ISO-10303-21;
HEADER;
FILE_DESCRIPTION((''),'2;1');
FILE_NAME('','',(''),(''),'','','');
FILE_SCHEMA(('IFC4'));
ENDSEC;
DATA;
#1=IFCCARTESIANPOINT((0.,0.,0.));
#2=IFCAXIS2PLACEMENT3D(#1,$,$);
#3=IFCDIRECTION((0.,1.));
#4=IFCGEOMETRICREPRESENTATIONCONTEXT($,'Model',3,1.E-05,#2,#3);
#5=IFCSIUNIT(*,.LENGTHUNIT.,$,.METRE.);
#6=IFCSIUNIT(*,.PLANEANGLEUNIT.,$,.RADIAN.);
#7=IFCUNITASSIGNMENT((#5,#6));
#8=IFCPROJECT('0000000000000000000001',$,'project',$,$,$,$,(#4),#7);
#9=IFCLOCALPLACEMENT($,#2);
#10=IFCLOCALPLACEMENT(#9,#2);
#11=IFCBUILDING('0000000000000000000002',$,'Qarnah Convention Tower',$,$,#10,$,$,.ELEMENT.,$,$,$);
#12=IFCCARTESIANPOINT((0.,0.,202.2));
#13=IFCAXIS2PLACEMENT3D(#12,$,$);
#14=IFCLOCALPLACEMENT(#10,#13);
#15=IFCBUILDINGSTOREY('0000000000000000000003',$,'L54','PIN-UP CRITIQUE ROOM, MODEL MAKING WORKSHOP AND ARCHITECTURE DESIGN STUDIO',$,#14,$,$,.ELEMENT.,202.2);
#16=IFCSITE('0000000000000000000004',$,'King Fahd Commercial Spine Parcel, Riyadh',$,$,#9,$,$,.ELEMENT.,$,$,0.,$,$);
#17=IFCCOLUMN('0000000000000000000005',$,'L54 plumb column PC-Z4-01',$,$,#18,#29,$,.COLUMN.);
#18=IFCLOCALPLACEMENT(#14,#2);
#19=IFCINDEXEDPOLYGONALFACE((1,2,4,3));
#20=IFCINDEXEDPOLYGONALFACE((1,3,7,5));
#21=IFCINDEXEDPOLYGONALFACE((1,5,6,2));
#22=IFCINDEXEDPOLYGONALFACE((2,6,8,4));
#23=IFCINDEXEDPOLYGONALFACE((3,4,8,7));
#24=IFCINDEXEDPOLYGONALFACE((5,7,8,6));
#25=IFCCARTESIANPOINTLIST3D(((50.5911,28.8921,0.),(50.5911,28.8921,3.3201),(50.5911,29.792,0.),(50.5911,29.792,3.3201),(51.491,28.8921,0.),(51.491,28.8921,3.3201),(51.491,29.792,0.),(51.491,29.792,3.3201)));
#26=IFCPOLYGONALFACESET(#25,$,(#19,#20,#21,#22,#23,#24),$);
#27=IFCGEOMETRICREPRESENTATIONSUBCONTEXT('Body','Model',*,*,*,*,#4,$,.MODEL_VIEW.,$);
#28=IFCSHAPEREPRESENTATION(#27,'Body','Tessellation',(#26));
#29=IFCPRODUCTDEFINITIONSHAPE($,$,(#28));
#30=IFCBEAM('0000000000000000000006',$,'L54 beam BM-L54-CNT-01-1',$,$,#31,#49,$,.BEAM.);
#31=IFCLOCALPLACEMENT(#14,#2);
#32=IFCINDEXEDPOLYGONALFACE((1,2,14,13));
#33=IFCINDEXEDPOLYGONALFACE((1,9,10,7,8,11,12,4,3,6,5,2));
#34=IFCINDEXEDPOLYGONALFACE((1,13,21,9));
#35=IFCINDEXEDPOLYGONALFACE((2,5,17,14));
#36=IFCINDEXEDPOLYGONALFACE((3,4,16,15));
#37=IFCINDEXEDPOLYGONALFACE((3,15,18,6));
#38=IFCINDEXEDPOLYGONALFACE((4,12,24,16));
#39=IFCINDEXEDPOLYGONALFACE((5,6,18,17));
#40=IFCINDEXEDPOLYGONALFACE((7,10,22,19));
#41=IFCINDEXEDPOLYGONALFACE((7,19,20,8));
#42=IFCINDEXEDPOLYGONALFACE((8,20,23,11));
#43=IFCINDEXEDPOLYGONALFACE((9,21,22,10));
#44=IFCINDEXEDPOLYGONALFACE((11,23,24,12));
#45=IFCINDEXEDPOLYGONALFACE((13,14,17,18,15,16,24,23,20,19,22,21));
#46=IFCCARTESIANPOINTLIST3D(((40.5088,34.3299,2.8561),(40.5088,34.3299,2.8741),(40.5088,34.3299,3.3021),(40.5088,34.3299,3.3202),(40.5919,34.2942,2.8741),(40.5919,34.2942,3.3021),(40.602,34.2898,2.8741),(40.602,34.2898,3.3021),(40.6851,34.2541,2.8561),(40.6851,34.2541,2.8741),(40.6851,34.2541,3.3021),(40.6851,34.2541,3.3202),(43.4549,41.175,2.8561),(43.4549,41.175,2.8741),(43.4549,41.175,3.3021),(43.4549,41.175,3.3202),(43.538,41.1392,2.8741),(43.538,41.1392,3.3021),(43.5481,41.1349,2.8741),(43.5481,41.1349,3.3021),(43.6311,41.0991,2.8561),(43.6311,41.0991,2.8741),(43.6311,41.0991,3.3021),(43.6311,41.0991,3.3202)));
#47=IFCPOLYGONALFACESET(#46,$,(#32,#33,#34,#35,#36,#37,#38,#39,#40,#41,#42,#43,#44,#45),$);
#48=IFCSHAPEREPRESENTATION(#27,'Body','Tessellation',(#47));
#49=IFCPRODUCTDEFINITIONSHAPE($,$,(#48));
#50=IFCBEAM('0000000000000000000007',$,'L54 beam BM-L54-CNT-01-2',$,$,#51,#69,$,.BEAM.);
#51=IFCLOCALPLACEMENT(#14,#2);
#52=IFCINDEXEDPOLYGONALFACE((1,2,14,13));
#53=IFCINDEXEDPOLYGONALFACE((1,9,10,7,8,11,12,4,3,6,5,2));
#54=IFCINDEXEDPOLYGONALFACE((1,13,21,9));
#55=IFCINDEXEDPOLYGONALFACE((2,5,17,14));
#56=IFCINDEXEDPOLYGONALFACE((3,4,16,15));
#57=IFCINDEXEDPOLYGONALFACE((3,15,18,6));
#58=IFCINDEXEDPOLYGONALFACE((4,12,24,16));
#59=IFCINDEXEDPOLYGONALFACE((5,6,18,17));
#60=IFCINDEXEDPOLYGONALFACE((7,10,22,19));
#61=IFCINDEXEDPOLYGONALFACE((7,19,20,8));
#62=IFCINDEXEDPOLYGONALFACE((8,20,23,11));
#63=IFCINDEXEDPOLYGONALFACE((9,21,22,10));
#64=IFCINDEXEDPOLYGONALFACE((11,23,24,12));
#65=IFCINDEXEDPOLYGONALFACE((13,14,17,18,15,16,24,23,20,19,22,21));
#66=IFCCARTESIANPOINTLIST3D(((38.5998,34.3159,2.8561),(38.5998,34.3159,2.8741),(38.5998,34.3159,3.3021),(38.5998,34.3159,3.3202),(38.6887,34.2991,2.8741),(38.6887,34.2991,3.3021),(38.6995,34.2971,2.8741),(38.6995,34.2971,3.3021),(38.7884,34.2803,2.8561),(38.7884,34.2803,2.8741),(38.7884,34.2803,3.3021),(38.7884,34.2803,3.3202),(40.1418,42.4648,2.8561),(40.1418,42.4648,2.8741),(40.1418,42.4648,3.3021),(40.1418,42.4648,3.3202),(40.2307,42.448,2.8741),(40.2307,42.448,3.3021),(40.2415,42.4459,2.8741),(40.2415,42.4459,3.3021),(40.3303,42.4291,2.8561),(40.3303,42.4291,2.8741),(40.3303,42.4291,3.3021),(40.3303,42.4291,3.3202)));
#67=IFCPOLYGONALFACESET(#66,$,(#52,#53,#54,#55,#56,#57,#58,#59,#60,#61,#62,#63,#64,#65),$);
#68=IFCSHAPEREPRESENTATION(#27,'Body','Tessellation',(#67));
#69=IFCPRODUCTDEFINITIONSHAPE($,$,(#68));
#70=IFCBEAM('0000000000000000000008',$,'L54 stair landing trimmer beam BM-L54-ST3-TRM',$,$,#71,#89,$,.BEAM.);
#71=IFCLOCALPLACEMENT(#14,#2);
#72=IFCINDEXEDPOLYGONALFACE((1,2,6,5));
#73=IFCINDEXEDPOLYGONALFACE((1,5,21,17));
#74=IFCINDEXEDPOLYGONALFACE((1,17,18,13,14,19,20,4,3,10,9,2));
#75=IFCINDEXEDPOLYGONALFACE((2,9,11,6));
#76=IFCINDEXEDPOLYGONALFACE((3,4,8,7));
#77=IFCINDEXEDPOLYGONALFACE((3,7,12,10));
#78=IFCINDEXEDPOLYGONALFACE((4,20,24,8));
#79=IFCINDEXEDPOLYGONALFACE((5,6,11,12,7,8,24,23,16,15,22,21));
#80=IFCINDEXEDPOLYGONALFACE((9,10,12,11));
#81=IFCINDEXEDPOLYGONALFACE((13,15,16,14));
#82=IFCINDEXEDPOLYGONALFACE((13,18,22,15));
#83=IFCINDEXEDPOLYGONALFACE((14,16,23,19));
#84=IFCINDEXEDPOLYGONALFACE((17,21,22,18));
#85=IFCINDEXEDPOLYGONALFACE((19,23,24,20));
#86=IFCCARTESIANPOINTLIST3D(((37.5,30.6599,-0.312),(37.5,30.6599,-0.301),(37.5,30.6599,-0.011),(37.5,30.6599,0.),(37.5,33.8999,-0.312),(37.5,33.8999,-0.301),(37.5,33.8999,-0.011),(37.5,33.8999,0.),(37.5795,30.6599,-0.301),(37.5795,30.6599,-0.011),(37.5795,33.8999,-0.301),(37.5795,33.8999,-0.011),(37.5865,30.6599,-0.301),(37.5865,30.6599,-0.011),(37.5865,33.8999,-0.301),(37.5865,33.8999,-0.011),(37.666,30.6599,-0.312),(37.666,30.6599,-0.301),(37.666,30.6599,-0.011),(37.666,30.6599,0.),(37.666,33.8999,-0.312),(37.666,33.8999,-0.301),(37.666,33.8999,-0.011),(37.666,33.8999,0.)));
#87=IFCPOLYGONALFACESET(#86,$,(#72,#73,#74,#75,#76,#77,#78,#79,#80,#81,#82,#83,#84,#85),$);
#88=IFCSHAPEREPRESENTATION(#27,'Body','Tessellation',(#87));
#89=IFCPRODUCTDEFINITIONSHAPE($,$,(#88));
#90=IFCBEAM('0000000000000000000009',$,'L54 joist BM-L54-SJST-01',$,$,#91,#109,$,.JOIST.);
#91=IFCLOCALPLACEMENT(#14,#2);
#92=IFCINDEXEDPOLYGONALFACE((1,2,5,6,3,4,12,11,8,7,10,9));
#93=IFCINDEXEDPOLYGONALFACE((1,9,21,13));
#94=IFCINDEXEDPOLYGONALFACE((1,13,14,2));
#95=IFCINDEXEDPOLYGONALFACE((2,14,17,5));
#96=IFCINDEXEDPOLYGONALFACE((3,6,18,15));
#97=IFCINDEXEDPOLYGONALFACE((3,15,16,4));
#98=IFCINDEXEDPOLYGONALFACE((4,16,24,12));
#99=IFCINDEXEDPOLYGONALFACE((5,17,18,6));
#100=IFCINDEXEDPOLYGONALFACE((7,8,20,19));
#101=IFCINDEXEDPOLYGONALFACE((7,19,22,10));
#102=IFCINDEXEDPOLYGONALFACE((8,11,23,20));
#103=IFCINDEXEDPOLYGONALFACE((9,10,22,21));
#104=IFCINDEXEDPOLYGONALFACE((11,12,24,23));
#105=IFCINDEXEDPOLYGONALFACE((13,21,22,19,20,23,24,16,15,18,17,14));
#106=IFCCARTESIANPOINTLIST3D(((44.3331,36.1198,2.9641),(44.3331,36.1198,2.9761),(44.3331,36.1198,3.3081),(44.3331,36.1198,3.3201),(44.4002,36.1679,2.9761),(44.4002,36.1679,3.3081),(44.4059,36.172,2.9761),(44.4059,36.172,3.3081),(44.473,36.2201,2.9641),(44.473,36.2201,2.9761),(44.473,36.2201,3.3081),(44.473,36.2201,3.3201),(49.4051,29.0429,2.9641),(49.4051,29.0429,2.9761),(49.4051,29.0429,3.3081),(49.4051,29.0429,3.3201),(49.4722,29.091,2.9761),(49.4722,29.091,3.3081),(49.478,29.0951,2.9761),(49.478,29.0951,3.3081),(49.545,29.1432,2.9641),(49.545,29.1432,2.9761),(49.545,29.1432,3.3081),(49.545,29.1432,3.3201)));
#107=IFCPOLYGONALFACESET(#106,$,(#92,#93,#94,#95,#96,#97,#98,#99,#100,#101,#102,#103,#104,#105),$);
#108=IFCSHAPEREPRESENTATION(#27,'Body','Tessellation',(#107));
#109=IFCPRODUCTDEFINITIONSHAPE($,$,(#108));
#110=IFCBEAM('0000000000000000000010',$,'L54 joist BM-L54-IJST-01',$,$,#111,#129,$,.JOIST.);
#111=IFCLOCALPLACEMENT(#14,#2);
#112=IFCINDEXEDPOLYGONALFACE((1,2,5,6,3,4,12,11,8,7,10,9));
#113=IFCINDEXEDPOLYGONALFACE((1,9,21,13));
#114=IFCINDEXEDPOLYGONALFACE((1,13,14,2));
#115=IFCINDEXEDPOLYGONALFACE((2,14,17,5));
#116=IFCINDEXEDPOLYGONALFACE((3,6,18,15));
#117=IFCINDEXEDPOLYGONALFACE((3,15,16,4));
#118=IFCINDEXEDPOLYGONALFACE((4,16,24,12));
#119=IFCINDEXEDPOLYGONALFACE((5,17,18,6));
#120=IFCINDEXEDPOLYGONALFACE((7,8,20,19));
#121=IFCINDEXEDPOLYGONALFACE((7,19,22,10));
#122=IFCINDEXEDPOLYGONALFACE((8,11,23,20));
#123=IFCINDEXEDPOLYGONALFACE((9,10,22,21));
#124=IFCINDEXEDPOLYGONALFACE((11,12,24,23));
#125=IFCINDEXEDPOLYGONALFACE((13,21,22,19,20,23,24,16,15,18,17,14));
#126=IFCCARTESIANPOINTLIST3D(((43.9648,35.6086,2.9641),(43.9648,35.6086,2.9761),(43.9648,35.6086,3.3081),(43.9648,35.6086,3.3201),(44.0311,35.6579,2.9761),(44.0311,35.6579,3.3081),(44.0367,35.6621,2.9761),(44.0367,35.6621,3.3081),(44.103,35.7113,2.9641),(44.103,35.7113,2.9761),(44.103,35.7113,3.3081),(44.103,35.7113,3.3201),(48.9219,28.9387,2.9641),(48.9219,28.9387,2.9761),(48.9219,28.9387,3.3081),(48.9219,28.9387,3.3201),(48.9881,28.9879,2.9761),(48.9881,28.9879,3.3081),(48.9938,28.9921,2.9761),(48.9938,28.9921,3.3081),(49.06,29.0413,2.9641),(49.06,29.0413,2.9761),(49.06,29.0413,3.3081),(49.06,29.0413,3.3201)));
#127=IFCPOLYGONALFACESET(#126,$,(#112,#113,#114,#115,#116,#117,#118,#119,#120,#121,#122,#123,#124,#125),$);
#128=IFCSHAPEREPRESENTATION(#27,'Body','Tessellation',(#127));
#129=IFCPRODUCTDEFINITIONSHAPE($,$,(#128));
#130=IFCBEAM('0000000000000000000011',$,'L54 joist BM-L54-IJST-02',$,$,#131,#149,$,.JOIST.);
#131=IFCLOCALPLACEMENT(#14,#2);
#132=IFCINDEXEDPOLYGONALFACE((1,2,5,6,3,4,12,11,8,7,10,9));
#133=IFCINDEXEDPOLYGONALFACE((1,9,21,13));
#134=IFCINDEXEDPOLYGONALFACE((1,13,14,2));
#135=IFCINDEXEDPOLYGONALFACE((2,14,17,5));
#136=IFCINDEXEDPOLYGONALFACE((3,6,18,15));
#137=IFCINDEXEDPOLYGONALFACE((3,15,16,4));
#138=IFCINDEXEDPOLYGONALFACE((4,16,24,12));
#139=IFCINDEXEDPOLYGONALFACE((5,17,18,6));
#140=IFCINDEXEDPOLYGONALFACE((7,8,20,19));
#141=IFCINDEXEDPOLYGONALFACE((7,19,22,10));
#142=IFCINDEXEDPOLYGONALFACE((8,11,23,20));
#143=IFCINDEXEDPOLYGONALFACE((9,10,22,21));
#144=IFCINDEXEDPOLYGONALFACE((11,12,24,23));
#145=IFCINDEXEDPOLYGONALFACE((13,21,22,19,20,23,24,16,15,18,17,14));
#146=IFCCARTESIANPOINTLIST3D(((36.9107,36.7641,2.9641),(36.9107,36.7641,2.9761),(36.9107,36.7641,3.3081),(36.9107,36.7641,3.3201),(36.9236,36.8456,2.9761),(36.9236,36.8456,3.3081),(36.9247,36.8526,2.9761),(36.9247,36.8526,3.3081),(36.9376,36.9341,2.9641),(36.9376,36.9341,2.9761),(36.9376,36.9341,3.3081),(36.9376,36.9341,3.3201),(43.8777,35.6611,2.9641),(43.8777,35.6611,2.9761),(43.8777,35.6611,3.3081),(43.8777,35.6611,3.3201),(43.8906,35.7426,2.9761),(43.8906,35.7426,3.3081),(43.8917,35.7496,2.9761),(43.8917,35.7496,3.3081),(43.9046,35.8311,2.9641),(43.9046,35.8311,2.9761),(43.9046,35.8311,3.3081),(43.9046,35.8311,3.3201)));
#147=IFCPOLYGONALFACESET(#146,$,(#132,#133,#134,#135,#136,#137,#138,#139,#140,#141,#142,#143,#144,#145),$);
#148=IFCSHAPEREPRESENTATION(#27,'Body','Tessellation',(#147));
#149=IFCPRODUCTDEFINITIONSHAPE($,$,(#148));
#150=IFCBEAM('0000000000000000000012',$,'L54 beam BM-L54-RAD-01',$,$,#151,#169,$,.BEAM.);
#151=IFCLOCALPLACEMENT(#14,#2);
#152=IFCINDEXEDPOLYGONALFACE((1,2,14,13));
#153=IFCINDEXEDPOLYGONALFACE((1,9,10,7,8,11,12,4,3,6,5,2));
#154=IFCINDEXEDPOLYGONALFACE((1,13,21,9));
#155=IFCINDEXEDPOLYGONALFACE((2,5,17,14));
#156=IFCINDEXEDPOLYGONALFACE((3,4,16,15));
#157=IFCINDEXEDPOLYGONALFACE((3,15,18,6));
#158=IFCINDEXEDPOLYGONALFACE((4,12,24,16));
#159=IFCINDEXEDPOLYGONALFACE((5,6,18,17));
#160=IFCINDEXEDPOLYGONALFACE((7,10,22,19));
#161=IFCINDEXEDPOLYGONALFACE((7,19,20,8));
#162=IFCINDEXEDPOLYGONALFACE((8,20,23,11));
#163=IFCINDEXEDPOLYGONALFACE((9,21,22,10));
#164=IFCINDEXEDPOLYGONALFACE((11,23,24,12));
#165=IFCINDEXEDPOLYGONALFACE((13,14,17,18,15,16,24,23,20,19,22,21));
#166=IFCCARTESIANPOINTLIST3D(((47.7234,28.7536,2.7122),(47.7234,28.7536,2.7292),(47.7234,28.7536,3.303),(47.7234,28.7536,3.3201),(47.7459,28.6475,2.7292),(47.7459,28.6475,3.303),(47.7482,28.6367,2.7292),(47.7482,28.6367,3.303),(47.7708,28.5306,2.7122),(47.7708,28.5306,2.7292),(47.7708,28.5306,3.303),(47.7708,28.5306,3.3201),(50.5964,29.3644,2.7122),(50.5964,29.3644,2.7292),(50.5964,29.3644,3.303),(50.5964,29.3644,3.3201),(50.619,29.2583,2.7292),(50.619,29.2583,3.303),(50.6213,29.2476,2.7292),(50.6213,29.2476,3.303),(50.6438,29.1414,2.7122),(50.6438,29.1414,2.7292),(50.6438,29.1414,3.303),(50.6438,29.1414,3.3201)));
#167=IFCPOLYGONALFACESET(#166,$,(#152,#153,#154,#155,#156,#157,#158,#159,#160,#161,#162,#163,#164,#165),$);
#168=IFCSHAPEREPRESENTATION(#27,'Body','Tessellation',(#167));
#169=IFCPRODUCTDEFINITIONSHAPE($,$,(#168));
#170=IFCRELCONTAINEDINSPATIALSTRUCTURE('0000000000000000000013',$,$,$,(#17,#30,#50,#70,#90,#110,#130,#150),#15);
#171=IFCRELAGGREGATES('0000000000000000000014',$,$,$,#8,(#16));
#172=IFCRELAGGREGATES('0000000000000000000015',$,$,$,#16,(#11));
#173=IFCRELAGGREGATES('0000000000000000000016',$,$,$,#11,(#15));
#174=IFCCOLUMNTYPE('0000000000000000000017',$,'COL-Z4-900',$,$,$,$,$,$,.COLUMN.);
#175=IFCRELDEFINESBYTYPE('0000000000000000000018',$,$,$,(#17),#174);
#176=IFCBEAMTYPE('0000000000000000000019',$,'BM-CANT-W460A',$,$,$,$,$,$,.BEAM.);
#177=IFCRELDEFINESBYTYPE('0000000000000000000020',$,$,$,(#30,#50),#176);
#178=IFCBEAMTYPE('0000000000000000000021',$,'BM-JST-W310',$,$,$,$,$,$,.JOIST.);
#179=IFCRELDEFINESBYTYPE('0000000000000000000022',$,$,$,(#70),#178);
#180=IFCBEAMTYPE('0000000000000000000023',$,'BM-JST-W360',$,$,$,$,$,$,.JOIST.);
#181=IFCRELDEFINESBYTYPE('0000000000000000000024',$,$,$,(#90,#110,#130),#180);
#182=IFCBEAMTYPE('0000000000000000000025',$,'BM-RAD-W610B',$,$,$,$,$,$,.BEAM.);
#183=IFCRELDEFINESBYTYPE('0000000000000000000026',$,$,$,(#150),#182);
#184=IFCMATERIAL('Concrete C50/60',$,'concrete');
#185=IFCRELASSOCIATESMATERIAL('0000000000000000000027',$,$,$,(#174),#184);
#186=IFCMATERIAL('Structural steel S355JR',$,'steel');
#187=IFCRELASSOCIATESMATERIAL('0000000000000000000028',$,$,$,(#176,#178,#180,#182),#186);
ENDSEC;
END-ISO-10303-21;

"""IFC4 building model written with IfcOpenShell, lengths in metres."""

from ifc_helpers import new_model, si_unit, direction, frame, origin, origin_2d, place, context, subcontext, project, spatial, rectangle, i_section, extrude, material, material_profile, profile_set, type_object, element, save


model = new_model("IFC4")

# Units and contexts
model_context = context("Model", 3, precision=1e-05, world=origin(), true_north=direction((0.0, 1.0)))
body_context = subcontext(model_context, "Body", "Model", "MODEL_VIEW")
ifc_project = project(units=[si_unit("LENGTHUNIT", "METRE"), si_unit("PLANEANGLEUNIT", "RADIAN")], contexts=[model_context])

# Site, building, storey
site_placement = place(None, origin())
site = spatial("IfcSite", under=ifc_project, at=site_placement, Name="King Fahd Commercial Spine Parcel, Riyadh", CompositionType="ELEMENT", RefElevation=0.0)
building_placement = place(site_placement, origin())
building = spatial("IfcBuilding", under=site, at=building_placement, Name="Qarnah Convention Tower", CompositionType="ELEMENT")
storey_placement = place(building_placement, frame((0.0, 0.0, 202.2)))
storey = spatial("IfcBuildingStorey", under=building, at=storey_placement, Name="L54", Description="PIN-UP CRITIQUE ROOM, MODEL MAKING WORKSHOP AND ARCHITECTURE DESIGN STUDIO", CompositionType="ELEMENT", Elevation=202.2)

# Column
ifc_material_1 = material(Name="Concrete C50/60", Category="concrete")
ifc_material_profile_1 = material_profile(ifc_material_1, rectangle(XDim=0.8999, YDim=0.8999, at=origin_2d()), Name="RC-COL-900X900")
ifc_profile_set_1 = profile_set([ifc_material_profile_1], Name="Concrete C50/60")
column_type = type_object("IfcColumnType", Name="COL-Z4-900", PredefinedType="COLUMN", material=ifc_profile_set_1)
column_placement = place(storey_placement, frame((51.041, 29.342, 0.0), z_axis=(0.0, 0.0, 1.0), x_axis=(1.0, 0.0, 0.0)))
element("IfcColumn", 1, at=column_placement, inside=storey, type_object=column_type, Name="L54 plumb column PC-Z4-01", PredefinedType="COLUMN", context=body_context, shape_type="SweptSolid", body=[
    extrude(rectangle(XDim=0.8999, YDim=0.8999, at=origin_2d()), origin(), (0.0, 0.0, 1.0), 3.3201),
])

# Beams
ifc_material_2 = material(Name="Structural steel S355JR", Category="steel")
ifc_material_profile_2 = material_profile(ifc_material_2, i_section(OverallWidth=0.1919, OverallDepth=0.4641, WebThickness=0.011, FlangeThickness=0.0181, at=origin_2d()), Name="W460X89")
ifc_profile_set_2 = profile_set([ifc_material_profile_2], Name="Structural steel S355JR")
beam_type_1 = type_object("IfcBeamType", Name="BM-CANT-W460A", PredefinedType="BEAM", material=ifc_profile_set_2)
beam_1_placement = place(storey_placement, frame((40.5969, 34.292, 3.0881), z_axis=(0.395334, 0.918537, 0.0), x_axis=(-0.918537, 0.395334, 0.0)))
element("IfcBeam", 2, at=beam_1_placement, inside=storey, type_object=beam_type_1, Name="L54 beam BM-L54-CNT-01-1", PredefinedType="BEAM", context=body_context, shape_type="SweptSolid", body=[
    extrude(i_section(OverallWidth=0.1919, OverallDepth=0.4641, WebThickness=0.011, FlangeThickness=0.0181, at=origin_2d()), origin(), (0.0, 0.0, 1.0), 7.4521),
])
beam_2_placement = place(storey_placement, frame((38.6941, 34.2981, 3.0881), z_axis=(0.185927, 0.982564, 0.0), x_axis=(-0.982564, 0.185927, 0.0)))
element("IfcBeam", 3, at=beam_2_placement, inside=storey, type_object=beam_type_1, Name="L54 beam BM-L54-CNT-01-2", PredefinedType="BEAM", context=body_context, shape_type="SweptSolid", body=[
    extrude(i_section(OverallWidth=0.1919, OverallDepth=0.4641, WebThickness=0.011, FlangeThickness=0.0181, at=origin_2d()), origin(), (0.0, 0.0, 1.0), 8.2935),
])
ifc_material_profile_3 = material_profile(ifc_material_2, i_section(OverallWidth=0.166, OverallDepth=0.312, WebThickness=0.0071, FlangeThickness=0.011, at=origin_2d()), Name="W310X45")
ifc_profile_set_3 = profile_set([ifc_material_profile_3], Name="Structural steel S355JR")
beam_type_2 = type_object("IfcBeamType", Name="BM-JST-W310", PredefinedType="JOIST", material=ifc_profile_set_3)
beam_3_placement = place(storey_placement, frame((37.583, 30.6599, -0.156), z_axis=(0.0, 1.0, 0.0), x_axis=(-1.0, 0.0, 0.0)))
element("IfcBeam", 4, at=beam_3_placement, inside=storey, type_object=beam_type_2, Name="L54 stair landing trimmer beam BM-L54-ST3-TRM", PredefinedType="BEAM", context=body_context, shape_type="SweptSolid", body=[
    extrude(i_section(OverallWidth=0.166, OverallDepth=0.312, WebThickness=0.0071, FlangeThickness=0.011, at=origin_2d()), origin(), (0.0, 0.0, 1.0), 3.24),
])
ifc_material_profile_4 = material_profile(ifc_material_2, i_section(OverallWidth=0.1721, OverallDepth=0.356, WebThickness=0.0071, FlangeThickness=0.012, at=origin_2d()), Name="W360X51")
ifc_profile_set_4 = profile_set([ifc_material_profile_4], Name="Structural steel S355JR")
beam_type_3 = type_object("IfcBeamType", Name="BM-JST-W360", PredefinedType="JOIST", material=ifc_profile_set_4)
beam_4_placement = place(storey_placement, frame((49.4751, 29.093, 3.1421), z_axis=(-0.582537, 0.812804, 0.0), x_axis=(-0.812804, -0.582537, 0.0)))
element("IfcBeam", 5, at=beam_4_placement, inside=storey, type_object=beam_type_3, Name="L54 joist BM-L54-SJST-01", PredefinedType="JOIST", context=body_context, shape_type="SweptSolid", body=[
    extrude(i_section(OverallWidth=0.1721, OverallDepth=0.356, WebThickness=0.0071, FlangeThickness=0.012, at=origin_2d()), origin(), (0.0, 0.0, 1.0), 8.7068),
])
beam_5_placement = place(storey_placement, frame((48.991, 28.99, 3.1421), z_axis=(-0.596497, 0.802615, 0.0), x_axis=(-0.802615, -0.596497, 0.0)))
element("IfcBeam", 6, at=beam_5_placement, inside=storey, type_object=beam_type_3, Name="L54 joist BM-L54-IJST-01", PredefinedType="JOIST", context=body_context, shape_type="SweptSolid", body=[
    extrude(i_section(OverallWidth=0.1721, OverallDepth=0.356, WebThickness=0.0071, FlangeThickness=0.012, at=origin_2d()), origin(), (0.0, 0.0, 1.0), 8.3103),
])
beam_6_placement = place(storey_placement, frame((43.8911, 35.7461, 3.1421), z_axis=(-0.987698, 0.156373, 0.0), x_axis=(-0.156373, -0.987698, 0.0)))
element("IfcBeam", 7, at=beam_6_placement, inside=storey, type_object=beam_type_3, Name="L54 joist BM-L54-IJST-02", PredefinedType="JOIST", context=body_context, shape_type="SweptSolid", body=[
    extrude(i_section(OverallWidth=0.1721, OverallDepth=0.356, WebThickness=0.0071, FlangeThickness=0.012, at=origin_2d()), origin(), (0.0, 0.0, 1.0), 7.0537),
])
ifc_material_profile_5 = material_profile(ifc_material_2, i_section(OverallWidth=0.228, OverallDepth=0.6079, WebThickness=0.011, FlangeThickness=0.0171, at=origin_2d()), Name="W610X113")
ifc_profile_set_5 = profile_set([ifc_material_profile_5], Name="Structural steel S355JR")
beam_type_4 = type_object("IfcBeamType", Name="BM-RAD-W610B", PredefinedType="BEAM", material=ifc_profile_set_5)
beam_7_placement = place(storey_placement, frame((47.7471, 28.6421, 3.0161), z_axis=(0.978137, 0.207962, 0.0), x_axis=(-0.207962, 0.978137, 0.0)))
element("IfcBeam", 8, at=beam_7_placement, inside=storey, type_object=beam_type_4, Name="L54 beam BM-L54-RAD-01", PredefinedType="BEAM", context=body_context, shape_type="SweptSolid", body=[
    extrude(i_section(OverallWidth=0.228, OverallDepth=0.6079, WebThickness=0.011, FlangeThickness=0.0171, at=origin_2d()), origin(), (0.0, 0.0, 1.0), 2.9373),
])

save(model, "model.ifc")
